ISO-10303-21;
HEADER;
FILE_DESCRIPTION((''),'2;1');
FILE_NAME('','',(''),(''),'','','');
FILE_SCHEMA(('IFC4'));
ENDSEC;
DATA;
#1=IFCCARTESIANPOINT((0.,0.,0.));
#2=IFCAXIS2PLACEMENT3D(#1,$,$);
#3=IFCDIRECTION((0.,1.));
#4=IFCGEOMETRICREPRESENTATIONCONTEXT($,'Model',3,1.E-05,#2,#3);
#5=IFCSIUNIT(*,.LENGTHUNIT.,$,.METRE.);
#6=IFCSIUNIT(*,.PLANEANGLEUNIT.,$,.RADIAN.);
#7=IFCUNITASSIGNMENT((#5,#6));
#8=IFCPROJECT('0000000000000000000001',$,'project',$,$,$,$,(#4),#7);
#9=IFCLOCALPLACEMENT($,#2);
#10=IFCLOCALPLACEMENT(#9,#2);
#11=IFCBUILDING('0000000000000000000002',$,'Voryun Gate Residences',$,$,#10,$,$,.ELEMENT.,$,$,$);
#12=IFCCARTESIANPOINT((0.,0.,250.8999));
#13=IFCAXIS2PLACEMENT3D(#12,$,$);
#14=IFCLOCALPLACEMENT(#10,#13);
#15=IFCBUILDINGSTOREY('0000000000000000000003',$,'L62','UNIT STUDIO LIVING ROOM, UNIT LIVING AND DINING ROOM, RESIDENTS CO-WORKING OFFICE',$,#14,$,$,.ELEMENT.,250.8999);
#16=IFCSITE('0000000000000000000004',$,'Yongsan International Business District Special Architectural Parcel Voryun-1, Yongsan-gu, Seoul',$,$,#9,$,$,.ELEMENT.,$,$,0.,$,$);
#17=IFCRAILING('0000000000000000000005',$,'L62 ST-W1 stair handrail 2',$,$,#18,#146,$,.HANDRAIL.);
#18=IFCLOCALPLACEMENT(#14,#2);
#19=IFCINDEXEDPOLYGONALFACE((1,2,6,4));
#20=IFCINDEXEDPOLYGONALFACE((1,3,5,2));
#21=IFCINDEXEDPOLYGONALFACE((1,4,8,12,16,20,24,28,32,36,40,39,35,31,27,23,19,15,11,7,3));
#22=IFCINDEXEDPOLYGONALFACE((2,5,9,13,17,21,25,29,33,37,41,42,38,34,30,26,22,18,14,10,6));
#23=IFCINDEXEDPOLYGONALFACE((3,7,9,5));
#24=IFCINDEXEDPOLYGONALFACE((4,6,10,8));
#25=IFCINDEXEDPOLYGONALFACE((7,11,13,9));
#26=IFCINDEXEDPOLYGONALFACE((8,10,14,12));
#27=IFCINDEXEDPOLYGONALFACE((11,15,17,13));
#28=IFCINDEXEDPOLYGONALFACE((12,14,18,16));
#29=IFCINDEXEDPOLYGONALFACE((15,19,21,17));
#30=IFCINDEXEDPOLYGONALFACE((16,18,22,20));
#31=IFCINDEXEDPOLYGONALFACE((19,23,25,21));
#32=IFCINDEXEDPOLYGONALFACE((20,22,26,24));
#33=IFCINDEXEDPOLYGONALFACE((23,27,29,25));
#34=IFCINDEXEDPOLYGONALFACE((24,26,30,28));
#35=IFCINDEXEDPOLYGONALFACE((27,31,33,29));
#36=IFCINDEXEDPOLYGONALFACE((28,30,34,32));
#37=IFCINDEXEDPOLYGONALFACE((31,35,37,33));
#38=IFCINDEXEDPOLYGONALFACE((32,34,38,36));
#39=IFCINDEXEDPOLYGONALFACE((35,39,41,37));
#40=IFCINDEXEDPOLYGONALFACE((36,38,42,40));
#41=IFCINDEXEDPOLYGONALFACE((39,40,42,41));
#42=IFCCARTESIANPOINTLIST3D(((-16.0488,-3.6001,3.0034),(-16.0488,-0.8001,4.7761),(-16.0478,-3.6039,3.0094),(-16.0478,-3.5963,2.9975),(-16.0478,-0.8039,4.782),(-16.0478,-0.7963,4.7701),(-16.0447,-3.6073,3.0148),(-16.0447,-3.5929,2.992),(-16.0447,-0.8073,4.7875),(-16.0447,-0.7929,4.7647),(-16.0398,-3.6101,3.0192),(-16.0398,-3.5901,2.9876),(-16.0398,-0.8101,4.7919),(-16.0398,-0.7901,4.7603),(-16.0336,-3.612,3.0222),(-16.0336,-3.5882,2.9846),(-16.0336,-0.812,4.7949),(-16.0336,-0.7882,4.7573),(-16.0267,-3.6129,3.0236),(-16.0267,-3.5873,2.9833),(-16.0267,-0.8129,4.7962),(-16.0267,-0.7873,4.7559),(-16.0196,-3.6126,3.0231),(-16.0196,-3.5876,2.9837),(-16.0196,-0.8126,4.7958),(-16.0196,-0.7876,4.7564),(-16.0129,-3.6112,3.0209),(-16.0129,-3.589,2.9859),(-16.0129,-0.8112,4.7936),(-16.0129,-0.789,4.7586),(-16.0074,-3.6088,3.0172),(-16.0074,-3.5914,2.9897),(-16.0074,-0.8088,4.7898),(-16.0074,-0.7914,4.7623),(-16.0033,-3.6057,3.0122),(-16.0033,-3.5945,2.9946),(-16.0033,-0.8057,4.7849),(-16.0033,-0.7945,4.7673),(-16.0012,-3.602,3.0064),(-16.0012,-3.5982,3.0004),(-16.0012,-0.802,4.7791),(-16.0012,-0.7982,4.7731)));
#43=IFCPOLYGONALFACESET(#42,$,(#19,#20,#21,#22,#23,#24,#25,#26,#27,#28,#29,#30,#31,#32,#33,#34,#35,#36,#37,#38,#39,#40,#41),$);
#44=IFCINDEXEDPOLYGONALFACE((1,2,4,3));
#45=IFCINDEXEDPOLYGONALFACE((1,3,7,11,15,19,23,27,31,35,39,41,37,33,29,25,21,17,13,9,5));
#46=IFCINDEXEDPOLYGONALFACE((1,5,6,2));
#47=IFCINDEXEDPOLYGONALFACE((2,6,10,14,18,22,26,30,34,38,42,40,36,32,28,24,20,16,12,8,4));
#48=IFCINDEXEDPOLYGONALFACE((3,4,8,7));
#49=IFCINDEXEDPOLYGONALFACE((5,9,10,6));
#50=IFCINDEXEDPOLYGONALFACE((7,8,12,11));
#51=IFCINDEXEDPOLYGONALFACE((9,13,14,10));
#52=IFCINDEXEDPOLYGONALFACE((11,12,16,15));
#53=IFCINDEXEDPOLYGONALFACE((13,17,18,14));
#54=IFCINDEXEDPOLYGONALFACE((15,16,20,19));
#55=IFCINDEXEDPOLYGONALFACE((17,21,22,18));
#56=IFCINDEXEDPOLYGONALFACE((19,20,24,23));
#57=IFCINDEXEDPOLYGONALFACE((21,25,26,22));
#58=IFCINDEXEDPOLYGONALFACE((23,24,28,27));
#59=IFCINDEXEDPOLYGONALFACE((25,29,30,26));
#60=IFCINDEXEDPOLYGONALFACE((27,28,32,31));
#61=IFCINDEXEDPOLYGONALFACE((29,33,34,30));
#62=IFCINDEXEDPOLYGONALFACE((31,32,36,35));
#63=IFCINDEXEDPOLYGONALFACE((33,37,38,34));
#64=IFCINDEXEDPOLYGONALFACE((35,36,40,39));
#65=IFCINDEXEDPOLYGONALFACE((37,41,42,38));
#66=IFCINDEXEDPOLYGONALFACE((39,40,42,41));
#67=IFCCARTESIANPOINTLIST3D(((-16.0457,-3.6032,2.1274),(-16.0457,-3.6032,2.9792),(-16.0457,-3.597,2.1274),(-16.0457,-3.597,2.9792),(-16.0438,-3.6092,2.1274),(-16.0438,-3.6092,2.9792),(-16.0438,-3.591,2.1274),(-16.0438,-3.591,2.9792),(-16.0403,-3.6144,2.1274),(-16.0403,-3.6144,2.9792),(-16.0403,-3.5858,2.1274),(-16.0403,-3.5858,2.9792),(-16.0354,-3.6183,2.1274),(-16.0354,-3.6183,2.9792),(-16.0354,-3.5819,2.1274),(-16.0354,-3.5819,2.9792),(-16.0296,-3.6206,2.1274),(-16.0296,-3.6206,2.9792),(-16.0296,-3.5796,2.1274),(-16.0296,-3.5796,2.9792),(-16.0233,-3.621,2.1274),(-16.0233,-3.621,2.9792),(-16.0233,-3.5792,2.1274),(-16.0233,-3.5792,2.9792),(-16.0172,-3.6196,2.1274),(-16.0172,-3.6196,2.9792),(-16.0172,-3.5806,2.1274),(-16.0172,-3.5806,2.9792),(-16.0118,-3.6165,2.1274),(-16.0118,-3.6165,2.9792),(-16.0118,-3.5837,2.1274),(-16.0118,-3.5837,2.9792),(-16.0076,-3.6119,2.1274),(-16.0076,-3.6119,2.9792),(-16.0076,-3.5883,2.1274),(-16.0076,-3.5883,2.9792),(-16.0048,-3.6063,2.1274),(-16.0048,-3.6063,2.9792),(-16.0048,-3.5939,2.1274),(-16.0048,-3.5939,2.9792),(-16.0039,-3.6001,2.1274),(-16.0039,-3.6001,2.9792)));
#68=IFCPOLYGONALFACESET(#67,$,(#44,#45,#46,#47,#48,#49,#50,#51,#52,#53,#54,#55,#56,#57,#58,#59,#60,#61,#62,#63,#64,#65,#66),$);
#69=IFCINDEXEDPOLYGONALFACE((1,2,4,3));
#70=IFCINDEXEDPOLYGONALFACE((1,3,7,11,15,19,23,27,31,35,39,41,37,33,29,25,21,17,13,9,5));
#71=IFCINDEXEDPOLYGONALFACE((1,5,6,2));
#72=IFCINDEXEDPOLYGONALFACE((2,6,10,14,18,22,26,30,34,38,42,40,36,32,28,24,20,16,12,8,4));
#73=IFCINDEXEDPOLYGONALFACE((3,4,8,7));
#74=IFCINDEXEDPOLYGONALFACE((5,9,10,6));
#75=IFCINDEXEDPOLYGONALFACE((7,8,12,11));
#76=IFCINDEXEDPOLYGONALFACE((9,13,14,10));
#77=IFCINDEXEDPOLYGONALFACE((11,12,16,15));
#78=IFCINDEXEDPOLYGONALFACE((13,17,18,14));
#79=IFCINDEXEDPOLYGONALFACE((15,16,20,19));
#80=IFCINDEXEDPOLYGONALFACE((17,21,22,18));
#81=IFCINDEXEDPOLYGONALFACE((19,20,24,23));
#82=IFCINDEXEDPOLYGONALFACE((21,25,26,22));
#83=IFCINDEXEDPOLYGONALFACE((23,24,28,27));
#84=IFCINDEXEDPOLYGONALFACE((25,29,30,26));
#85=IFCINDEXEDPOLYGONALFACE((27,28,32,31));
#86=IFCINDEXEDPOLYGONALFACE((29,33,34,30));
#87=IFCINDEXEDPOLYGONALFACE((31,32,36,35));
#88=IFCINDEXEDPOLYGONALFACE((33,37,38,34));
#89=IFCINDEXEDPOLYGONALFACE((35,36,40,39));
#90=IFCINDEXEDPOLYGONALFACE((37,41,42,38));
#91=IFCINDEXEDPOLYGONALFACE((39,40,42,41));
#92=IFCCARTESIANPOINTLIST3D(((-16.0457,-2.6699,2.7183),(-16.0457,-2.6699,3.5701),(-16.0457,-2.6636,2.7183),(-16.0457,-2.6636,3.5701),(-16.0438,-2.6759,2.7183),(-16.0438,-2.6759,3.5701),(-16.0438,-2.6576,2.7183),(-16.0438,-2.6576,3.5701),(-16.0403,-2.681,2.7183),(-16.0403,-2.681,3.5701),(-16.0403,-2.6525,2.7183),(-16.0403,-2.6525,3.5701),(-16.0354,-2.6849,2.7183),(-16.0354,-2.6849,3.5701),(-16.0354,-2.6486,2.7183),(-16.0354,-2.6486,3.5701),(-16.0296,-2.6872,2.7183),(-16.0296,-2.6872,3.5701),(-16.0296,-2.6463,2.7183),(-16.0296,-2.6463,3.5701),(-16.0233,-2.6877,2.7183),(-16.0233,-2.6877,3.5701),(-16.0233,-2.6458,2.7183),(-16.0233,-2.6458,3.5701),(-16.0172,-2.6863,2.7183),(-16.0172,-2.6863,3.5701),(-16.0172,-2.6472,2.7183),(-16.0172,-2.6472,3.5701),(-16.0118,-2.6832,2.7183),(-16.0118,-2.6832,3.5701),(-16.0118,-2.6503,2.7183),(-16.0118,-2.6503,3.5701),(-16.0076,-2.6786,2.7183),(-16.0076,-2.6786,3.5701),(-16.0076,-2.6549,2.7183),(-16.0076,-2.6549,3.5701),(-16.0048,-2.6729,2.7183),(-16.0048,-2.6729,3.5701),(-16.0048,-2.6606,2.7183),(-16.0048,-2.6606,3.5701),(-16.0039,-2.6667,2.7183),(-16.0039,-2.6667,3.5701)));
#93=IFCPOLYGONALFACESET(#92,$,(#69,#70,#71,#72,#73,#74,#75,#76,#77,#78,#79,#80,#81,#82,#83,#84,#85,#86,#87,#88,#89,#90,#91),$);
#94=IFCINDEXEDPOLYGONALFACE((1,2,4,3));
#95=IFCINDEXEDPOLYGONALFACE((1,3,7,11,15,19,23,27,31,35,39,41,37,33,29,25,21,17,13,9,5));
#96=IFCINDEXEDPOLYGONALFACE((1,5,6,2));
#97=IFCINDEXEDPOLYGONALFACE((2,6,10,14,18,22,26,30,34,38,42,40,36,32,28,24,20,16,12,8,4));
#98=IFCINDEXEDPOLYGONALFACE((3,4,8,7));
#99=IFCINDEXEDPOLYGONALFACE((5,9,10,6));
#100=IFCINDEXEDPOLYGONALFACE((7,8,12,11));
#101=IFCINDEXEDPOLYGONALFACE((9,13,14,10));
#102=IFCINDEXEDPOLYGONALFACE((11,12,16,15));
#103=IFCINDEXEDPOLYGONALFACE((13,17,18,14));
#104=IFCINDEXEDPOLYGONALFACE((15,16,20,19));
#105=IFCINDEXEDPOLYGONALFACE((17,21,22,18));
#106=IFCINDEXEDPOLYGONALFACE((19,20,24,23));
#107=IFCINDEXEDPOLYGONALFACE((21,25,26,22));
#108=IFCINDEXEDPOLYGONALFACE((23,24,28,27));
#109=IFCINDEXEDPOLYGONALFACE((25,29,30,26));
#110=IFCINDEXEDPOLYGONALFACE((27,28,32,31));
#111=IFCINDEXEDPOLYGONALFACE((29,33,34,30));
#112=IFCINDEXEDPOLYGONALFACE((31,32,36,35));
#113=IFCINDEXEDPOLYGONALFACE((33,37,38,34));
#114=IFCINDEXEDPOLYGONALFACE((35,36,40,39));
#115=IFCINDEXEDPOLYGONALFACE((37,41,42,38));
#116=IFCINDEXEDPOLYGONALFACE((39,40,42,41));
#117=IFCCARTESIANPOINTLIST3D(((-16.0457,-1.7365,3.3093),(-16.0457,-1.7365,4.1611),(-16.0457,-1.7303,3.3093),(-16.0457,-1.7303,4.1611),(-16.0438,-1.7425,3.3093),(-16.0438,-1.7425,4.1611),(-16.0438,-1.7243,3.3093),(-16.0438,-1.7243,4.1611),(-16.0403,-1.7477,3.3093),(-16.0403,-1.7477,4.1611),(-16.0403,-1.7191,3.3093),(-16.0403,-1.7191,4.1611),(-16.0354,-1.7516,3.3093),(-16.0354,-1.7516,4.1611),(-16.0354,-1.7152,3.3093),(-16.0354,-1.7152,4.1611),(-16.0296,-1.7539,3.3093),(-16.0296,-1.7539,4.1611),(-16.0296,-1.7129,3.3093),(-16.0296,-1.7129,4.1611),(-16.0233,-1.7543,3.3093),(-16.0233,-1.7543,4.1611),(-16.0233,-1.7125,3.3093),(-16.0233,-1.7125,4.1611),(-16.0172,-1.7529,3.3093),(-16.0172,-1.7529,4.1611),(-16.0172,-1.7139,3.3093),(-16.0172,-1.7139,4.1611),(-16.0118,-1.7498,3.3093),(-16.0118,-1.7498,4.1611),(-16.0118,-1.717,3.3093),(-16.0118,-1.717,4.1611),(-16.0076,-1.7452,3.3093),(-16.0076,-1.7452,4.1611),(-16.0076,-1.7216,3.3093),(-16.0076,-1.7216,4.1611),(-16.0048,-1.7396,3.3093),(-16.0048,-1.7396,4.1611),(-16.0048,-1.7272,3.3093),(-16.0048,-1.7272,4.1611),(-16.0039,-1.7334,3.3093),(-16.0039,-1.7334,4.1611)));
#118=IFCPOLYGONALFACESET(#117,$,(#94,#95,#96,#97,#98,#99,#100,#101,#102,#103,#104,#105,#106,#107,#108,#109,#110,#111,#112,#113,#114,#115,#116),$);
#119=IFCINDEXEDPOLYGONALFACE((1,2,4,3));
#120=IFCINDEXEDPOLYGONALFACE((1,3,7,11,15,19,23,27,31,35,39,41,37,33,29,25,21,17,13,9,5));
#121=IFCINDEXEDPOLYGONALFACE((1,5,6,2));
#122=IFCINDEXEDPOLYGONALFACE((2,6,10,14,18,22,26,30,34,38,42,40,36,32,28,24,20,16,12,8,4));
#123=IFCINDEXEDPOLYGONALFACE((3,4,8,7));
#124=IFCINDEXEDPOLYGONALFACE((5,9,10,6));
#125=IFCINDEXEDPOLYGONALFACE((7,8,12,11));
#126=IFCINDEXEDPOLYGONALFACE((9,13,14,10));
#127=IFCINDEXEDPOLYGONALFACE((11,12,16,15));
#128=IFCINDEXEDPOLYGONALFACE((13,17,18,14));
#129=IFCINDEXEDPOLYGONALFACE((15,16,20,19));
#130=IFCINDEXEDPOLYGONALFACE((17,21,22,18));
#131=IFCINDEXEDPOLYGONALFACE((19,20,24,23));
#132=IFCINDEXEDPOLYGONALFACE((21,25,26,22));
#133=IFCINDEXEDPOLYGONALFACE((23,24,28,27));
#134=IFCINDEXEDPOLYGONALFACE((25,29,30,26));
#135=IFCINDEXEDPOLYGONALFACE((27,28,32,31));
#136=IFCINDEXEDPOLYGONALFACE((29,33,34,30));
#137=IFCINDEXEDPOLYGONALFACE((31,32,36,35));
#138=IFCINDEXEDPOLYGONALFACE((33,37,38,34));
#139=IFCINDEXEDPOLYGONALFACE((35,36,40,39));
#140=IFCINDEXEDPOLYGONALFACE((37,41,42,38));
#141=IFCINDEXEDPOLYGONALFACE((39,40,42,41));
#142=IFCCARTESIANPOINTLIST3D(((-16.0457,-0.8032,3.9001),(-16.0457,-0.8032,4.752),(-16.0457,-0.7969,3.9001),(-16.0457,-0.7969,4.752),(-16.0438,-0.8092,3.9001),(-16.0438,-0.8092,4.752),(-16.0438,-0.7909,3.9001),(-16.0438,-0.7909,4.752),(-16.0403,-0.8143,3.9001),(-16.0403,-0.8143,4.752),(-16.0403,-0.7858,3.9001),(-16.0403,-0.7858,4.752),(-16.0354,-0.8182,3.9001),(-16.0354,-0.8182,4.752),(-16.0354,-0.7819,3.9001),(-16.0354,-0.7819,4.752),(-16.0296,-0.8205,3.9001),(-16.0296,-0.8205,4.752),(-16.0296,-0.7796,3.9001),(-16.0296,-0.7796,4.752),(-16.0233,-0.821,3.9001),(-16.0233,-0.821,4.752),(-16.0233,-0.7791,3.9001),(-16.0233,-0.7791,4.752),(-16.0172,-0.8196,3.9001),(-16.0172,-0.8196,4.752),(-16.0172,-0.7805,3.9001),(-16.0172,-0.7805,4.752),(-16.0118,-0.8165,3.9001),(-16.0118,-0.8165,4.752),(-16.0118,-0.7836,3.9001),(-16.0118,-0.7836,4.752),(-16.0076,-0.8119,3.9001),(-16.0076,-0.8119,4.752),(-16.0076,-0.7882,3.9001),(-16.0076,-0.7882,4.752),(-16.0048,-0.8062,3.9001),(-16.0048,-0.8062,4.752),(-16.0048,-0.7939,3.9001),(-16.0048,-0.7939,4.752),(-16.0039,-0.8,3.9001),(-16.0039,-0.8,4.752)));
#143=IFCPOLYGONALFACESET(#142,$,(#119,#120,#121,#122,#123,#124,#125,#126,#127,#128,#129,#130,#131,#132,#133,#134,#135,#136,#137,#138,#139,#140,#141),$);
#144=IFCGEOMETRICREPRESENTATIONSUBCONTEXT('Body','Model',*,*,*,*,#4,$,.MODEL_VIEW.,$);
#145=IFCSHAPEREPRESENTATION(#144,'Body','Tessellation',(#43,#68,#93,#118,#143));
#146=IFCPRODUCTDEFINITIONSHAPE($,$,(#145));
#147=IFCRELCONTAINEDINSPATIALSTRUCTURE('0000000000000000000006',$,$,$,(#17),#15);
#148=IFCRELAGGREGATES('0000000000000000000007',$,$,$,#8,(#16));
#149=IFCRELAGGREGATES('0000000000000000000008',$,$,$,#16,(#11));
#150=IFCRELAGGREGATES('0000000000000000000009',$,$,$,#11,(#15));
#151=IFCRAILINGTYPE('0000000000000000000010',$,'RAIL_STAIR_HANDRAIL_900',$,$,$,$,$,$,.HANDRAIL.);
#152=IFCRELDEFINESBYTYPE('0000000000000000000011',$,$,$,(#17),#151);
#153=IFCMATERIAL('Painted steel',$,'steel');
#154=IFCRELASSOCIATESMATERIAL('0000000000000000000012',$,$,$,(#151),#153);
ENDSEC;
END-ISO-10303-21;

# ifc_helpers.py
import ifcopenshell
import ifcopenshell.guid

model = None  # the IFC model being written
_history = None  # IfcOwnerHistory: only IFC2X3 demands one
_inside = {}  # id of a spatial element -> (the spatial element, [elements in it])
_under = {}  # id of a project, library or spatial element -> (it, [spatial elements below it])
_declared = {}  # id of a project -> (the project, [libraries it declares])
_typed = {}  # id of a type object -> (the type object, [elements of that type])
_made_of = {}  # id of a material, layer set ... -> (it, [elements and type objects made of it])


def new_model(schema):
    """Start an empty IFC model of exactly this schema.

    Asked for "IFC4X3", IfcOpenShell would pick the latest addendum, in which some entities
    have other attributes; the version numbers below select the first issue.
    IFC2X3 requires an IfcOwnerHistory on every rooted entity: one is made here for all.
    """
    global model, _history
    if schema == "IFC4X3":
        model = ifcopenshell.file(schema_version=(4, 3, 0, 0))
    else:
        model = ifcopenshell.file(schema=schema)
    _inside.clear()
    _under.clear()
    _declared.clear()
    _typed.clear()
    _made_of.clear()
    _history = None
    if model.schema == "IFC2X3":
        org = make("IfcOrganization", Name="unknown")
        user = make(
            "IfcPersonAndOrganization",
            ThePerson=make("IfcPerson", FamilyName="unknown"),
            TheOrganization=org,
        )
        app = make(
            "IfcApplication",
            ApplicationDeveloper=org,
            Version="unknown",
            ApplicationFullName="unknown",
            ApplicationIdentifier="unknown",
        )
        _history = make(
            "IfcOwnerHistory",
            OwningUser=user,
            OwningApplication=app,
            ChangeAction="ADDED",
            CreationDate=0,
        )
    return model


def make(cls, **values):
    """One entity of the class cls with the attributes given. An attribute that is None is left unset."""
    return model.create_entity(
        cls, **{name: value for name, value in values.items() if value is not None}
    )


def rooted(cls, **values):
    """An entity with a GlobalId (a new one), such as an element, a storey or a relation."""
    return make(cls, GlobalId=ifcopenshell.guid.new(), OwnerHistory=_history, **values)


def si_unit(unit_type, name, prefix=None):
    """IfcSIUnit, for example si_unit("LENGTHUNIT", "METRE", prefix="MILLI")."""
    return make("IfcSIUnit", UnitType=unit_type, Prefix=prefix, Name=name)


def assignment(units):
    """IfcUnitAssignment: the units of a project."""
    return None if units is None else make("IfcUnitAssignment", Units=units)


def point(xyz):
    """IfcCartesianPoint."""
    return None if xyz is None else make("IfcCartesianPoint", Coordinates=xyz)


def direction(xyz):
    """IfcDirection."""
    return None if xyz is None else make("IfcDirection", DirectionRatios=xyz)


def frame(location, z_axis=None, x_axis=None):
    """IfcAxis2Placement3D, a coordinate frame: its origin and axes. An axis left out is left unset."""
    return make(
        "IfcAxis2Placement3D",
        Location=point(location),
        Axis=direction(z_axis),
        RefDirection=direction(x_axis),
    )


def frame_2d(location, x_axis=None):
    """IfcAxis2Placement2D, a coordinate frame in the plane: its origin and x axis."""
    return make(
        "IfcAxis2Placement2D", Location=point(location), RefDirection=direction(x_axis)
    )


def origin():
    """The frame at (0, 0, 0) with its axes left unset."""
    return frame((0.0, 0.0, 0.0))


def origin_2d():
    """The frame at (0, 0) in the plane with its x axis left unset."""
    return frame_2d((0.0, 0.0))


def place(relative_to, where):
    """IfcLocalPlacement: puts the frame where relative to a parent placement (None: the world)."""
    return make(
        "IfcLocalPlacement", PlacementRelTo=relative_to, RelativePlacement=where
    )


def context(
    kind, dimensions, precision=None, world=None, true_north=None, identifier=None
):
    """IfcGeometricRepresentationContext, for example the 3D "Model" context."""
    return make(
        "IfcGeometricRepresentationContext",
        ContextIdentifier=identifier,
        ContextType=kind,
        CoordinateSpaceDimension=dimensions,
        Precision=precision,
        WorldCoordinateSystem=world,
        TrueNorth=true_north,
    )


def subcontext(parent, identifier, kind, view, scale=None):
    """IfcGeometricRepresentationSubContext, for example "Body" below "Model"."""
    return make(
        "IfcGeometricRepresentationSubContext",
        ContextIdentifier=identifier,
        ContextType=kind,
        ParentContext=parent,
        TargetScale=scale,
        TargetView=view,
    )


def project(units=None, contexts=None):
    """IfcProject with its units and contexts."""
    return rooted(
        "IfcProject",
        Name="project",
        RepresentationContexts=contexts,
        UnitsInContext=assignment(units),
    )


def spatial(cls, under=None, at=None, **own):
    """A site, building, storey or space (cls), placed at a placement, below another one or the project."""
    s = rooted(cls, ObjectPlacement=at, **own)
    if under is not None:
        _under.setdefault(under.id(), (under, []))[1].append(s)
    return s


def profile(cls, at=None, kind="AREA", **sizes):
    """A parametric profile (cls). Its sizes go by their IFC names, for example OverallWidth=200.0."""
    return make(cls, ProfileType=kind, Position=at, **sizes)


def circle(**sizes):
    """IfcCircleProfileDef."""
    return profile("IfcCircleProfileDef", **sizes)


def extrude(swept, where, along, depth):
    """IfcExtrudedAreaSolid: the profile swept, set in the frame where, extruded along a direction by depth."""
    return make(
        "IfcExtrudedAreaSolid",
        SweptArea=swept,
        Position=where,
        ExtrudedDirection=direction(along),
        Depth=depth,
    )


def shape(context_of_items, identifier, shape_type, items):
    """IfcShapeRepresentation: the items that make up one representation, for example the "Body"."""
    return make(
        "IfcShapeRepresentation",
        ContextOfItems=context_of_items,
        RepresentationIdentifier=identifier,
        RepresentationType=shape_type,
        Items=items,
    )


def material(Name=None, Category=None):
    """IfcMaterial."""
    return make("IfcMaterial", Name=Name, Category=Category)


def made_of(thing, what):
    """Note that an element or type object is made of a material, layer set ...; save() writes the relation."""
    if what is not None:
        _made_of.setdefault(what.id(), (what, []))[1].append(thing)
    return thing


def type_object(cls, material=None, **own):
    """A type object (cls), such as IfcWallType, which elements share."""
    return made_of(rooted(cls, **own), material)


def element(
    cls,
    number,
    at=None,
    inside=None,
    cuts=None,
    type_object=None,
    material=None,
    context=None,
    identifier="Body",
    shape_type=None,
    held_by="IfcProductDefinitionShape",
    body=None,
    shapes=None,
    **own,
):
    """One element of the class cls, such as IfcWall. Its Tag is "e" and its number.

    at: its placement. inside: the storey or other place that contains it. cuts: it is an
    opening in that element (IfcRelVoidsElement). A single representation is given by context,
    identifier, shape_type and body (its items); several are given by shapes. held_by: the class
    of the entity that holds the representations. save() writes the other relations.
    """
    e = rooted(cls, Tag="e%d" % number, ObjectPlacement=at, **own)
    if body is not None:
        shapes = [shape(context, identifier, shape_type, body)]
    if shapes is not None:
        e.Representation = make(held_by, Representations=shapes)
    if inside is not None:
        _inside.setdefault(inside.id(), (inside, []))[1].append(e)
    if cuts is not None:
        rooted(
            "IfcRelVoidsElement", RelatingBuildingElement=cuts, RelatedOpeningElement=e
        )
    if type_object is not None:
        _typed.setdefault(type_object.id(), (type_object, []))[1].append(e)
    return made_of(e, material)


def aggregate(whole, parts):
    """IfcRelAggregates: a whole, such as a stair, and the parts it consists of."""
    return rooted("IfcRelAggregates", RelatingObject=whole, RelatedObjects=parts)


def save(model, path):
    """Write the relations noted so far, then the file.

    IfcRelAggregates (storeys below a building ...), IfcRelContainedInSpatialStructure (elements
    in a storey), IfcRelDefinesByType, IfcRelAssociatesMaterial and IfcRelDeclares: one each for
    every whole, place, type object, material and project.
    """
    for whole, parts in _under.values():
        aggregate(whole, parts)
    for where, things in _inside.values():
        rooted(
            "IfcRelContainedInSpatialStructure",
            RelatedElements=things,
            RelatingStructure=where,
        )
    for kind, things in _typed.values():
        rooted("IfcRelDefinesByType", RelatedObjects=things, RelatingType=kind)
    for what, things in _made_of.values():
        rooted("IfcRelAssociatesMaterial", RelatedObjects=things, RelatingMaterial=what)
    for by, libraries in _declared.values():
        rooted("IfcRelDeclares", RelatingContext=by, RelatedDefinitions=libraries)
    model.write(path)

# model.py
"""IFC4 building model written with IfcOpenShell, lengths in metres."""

from ifc_helpers import new_model, si_unit, direction, frame, origin, origin_2d, place, context, subcontext, project, spatial, circle, extrude, material, type_object, element, save


model = new_model("IFC4")

# Units and contexts
model_context = context("Model", 3, precision=1e-05, world=origin(), true_north=direction((0.0, 1.0)))
body_context = subcontext(model_context, "Body", "Model", "MODEL_VIEW")
ifc_project = project(units=[si_unit("LENGTHUNIT", "METRE"), si_unit("PLANEANGLEUNIT", "RADIAN")], contexts=[model_context])

# Site, building, storey
site_placement = place(None, origin())
site = spatial("IfcSite", under=ifc_project, at=site_placement, Name="Yongsan International Business District Special Architectural Parcel Voryun-1, Yongsan-gu, Seoul", CompositionType="ELEMENT", RefElevation=0.0)
building_placement = place(site_placement, origin())
building = spatial("IfcBuilding", under=site, at=building_placement, Name="Voryun Gate Residences", CompositionType="ELEMENT")
storey_placement = place(building_placement, frame((0.0, 0.0, 250.8999)))
storey = spatial("IfcBuildingStorey", under=building, at=storey_placement, Name="L62", Description="UNIT STUDIO LIVING ROOM, UNIT LIVING AND DINING ROOM, RESIDENTS CO-WORKING OFFICE", CompositionType="ELEMENT", Elevation=250.8999)

# Railing
ifc_material_1 = material(Name="Painted steel", Category="steel")
railing_type_1 = type_object("IfcRailingType", Name="RAIL_STAIR_HANDRAIL_900", PredefinedType="HANDRAIL", material=ifc_material_1)
railing_1_placement = place(storey_placement, frame((-16.0249, -3.6001, 2.1274)))
element("IfcRailing", 1, at=railing_1_placement, inside=storey, type_object=railing_type_1, Name="L62 ST-W1 stair handrail 2", PredefinedType="HANDRAIL", context=body_context, shape_type="SweptSolid", body=[
    extrude(circle(Radius=0.0239, at=origin_2d()), frame((0.0, 0.0, 0.876), z_axis=(0.0, 0.844909, 0.53491), x_axis=(-1.0, 0.0, 0.0)), (0.0, 0.0, 1.0), 3.314),
    extrude(circle(Radius=0.021, at=origin_2d()), origin(), (0.0, 0.0, 1.0), 0.8518),
    extrude(circle(Radius=0.021, at=origin_2d()), frame((0.0, 0.9333, 0.5908)), (0.0, 0.0, 1.0), 0.8518),
    extrude(circle(Radius=0.021, at=origin_2d()), frame((0.0, 1.8667, 1.1819)), (0.0, 0.0, 1.0), 0.8518),
    extrude(circle(Radius=0.021, at=origin_2d()), frame((0.0, 2.8, 1.7727)), (0.0, 0.0, 1.0), 0.8518),
])

save(model, "model.ifc")
